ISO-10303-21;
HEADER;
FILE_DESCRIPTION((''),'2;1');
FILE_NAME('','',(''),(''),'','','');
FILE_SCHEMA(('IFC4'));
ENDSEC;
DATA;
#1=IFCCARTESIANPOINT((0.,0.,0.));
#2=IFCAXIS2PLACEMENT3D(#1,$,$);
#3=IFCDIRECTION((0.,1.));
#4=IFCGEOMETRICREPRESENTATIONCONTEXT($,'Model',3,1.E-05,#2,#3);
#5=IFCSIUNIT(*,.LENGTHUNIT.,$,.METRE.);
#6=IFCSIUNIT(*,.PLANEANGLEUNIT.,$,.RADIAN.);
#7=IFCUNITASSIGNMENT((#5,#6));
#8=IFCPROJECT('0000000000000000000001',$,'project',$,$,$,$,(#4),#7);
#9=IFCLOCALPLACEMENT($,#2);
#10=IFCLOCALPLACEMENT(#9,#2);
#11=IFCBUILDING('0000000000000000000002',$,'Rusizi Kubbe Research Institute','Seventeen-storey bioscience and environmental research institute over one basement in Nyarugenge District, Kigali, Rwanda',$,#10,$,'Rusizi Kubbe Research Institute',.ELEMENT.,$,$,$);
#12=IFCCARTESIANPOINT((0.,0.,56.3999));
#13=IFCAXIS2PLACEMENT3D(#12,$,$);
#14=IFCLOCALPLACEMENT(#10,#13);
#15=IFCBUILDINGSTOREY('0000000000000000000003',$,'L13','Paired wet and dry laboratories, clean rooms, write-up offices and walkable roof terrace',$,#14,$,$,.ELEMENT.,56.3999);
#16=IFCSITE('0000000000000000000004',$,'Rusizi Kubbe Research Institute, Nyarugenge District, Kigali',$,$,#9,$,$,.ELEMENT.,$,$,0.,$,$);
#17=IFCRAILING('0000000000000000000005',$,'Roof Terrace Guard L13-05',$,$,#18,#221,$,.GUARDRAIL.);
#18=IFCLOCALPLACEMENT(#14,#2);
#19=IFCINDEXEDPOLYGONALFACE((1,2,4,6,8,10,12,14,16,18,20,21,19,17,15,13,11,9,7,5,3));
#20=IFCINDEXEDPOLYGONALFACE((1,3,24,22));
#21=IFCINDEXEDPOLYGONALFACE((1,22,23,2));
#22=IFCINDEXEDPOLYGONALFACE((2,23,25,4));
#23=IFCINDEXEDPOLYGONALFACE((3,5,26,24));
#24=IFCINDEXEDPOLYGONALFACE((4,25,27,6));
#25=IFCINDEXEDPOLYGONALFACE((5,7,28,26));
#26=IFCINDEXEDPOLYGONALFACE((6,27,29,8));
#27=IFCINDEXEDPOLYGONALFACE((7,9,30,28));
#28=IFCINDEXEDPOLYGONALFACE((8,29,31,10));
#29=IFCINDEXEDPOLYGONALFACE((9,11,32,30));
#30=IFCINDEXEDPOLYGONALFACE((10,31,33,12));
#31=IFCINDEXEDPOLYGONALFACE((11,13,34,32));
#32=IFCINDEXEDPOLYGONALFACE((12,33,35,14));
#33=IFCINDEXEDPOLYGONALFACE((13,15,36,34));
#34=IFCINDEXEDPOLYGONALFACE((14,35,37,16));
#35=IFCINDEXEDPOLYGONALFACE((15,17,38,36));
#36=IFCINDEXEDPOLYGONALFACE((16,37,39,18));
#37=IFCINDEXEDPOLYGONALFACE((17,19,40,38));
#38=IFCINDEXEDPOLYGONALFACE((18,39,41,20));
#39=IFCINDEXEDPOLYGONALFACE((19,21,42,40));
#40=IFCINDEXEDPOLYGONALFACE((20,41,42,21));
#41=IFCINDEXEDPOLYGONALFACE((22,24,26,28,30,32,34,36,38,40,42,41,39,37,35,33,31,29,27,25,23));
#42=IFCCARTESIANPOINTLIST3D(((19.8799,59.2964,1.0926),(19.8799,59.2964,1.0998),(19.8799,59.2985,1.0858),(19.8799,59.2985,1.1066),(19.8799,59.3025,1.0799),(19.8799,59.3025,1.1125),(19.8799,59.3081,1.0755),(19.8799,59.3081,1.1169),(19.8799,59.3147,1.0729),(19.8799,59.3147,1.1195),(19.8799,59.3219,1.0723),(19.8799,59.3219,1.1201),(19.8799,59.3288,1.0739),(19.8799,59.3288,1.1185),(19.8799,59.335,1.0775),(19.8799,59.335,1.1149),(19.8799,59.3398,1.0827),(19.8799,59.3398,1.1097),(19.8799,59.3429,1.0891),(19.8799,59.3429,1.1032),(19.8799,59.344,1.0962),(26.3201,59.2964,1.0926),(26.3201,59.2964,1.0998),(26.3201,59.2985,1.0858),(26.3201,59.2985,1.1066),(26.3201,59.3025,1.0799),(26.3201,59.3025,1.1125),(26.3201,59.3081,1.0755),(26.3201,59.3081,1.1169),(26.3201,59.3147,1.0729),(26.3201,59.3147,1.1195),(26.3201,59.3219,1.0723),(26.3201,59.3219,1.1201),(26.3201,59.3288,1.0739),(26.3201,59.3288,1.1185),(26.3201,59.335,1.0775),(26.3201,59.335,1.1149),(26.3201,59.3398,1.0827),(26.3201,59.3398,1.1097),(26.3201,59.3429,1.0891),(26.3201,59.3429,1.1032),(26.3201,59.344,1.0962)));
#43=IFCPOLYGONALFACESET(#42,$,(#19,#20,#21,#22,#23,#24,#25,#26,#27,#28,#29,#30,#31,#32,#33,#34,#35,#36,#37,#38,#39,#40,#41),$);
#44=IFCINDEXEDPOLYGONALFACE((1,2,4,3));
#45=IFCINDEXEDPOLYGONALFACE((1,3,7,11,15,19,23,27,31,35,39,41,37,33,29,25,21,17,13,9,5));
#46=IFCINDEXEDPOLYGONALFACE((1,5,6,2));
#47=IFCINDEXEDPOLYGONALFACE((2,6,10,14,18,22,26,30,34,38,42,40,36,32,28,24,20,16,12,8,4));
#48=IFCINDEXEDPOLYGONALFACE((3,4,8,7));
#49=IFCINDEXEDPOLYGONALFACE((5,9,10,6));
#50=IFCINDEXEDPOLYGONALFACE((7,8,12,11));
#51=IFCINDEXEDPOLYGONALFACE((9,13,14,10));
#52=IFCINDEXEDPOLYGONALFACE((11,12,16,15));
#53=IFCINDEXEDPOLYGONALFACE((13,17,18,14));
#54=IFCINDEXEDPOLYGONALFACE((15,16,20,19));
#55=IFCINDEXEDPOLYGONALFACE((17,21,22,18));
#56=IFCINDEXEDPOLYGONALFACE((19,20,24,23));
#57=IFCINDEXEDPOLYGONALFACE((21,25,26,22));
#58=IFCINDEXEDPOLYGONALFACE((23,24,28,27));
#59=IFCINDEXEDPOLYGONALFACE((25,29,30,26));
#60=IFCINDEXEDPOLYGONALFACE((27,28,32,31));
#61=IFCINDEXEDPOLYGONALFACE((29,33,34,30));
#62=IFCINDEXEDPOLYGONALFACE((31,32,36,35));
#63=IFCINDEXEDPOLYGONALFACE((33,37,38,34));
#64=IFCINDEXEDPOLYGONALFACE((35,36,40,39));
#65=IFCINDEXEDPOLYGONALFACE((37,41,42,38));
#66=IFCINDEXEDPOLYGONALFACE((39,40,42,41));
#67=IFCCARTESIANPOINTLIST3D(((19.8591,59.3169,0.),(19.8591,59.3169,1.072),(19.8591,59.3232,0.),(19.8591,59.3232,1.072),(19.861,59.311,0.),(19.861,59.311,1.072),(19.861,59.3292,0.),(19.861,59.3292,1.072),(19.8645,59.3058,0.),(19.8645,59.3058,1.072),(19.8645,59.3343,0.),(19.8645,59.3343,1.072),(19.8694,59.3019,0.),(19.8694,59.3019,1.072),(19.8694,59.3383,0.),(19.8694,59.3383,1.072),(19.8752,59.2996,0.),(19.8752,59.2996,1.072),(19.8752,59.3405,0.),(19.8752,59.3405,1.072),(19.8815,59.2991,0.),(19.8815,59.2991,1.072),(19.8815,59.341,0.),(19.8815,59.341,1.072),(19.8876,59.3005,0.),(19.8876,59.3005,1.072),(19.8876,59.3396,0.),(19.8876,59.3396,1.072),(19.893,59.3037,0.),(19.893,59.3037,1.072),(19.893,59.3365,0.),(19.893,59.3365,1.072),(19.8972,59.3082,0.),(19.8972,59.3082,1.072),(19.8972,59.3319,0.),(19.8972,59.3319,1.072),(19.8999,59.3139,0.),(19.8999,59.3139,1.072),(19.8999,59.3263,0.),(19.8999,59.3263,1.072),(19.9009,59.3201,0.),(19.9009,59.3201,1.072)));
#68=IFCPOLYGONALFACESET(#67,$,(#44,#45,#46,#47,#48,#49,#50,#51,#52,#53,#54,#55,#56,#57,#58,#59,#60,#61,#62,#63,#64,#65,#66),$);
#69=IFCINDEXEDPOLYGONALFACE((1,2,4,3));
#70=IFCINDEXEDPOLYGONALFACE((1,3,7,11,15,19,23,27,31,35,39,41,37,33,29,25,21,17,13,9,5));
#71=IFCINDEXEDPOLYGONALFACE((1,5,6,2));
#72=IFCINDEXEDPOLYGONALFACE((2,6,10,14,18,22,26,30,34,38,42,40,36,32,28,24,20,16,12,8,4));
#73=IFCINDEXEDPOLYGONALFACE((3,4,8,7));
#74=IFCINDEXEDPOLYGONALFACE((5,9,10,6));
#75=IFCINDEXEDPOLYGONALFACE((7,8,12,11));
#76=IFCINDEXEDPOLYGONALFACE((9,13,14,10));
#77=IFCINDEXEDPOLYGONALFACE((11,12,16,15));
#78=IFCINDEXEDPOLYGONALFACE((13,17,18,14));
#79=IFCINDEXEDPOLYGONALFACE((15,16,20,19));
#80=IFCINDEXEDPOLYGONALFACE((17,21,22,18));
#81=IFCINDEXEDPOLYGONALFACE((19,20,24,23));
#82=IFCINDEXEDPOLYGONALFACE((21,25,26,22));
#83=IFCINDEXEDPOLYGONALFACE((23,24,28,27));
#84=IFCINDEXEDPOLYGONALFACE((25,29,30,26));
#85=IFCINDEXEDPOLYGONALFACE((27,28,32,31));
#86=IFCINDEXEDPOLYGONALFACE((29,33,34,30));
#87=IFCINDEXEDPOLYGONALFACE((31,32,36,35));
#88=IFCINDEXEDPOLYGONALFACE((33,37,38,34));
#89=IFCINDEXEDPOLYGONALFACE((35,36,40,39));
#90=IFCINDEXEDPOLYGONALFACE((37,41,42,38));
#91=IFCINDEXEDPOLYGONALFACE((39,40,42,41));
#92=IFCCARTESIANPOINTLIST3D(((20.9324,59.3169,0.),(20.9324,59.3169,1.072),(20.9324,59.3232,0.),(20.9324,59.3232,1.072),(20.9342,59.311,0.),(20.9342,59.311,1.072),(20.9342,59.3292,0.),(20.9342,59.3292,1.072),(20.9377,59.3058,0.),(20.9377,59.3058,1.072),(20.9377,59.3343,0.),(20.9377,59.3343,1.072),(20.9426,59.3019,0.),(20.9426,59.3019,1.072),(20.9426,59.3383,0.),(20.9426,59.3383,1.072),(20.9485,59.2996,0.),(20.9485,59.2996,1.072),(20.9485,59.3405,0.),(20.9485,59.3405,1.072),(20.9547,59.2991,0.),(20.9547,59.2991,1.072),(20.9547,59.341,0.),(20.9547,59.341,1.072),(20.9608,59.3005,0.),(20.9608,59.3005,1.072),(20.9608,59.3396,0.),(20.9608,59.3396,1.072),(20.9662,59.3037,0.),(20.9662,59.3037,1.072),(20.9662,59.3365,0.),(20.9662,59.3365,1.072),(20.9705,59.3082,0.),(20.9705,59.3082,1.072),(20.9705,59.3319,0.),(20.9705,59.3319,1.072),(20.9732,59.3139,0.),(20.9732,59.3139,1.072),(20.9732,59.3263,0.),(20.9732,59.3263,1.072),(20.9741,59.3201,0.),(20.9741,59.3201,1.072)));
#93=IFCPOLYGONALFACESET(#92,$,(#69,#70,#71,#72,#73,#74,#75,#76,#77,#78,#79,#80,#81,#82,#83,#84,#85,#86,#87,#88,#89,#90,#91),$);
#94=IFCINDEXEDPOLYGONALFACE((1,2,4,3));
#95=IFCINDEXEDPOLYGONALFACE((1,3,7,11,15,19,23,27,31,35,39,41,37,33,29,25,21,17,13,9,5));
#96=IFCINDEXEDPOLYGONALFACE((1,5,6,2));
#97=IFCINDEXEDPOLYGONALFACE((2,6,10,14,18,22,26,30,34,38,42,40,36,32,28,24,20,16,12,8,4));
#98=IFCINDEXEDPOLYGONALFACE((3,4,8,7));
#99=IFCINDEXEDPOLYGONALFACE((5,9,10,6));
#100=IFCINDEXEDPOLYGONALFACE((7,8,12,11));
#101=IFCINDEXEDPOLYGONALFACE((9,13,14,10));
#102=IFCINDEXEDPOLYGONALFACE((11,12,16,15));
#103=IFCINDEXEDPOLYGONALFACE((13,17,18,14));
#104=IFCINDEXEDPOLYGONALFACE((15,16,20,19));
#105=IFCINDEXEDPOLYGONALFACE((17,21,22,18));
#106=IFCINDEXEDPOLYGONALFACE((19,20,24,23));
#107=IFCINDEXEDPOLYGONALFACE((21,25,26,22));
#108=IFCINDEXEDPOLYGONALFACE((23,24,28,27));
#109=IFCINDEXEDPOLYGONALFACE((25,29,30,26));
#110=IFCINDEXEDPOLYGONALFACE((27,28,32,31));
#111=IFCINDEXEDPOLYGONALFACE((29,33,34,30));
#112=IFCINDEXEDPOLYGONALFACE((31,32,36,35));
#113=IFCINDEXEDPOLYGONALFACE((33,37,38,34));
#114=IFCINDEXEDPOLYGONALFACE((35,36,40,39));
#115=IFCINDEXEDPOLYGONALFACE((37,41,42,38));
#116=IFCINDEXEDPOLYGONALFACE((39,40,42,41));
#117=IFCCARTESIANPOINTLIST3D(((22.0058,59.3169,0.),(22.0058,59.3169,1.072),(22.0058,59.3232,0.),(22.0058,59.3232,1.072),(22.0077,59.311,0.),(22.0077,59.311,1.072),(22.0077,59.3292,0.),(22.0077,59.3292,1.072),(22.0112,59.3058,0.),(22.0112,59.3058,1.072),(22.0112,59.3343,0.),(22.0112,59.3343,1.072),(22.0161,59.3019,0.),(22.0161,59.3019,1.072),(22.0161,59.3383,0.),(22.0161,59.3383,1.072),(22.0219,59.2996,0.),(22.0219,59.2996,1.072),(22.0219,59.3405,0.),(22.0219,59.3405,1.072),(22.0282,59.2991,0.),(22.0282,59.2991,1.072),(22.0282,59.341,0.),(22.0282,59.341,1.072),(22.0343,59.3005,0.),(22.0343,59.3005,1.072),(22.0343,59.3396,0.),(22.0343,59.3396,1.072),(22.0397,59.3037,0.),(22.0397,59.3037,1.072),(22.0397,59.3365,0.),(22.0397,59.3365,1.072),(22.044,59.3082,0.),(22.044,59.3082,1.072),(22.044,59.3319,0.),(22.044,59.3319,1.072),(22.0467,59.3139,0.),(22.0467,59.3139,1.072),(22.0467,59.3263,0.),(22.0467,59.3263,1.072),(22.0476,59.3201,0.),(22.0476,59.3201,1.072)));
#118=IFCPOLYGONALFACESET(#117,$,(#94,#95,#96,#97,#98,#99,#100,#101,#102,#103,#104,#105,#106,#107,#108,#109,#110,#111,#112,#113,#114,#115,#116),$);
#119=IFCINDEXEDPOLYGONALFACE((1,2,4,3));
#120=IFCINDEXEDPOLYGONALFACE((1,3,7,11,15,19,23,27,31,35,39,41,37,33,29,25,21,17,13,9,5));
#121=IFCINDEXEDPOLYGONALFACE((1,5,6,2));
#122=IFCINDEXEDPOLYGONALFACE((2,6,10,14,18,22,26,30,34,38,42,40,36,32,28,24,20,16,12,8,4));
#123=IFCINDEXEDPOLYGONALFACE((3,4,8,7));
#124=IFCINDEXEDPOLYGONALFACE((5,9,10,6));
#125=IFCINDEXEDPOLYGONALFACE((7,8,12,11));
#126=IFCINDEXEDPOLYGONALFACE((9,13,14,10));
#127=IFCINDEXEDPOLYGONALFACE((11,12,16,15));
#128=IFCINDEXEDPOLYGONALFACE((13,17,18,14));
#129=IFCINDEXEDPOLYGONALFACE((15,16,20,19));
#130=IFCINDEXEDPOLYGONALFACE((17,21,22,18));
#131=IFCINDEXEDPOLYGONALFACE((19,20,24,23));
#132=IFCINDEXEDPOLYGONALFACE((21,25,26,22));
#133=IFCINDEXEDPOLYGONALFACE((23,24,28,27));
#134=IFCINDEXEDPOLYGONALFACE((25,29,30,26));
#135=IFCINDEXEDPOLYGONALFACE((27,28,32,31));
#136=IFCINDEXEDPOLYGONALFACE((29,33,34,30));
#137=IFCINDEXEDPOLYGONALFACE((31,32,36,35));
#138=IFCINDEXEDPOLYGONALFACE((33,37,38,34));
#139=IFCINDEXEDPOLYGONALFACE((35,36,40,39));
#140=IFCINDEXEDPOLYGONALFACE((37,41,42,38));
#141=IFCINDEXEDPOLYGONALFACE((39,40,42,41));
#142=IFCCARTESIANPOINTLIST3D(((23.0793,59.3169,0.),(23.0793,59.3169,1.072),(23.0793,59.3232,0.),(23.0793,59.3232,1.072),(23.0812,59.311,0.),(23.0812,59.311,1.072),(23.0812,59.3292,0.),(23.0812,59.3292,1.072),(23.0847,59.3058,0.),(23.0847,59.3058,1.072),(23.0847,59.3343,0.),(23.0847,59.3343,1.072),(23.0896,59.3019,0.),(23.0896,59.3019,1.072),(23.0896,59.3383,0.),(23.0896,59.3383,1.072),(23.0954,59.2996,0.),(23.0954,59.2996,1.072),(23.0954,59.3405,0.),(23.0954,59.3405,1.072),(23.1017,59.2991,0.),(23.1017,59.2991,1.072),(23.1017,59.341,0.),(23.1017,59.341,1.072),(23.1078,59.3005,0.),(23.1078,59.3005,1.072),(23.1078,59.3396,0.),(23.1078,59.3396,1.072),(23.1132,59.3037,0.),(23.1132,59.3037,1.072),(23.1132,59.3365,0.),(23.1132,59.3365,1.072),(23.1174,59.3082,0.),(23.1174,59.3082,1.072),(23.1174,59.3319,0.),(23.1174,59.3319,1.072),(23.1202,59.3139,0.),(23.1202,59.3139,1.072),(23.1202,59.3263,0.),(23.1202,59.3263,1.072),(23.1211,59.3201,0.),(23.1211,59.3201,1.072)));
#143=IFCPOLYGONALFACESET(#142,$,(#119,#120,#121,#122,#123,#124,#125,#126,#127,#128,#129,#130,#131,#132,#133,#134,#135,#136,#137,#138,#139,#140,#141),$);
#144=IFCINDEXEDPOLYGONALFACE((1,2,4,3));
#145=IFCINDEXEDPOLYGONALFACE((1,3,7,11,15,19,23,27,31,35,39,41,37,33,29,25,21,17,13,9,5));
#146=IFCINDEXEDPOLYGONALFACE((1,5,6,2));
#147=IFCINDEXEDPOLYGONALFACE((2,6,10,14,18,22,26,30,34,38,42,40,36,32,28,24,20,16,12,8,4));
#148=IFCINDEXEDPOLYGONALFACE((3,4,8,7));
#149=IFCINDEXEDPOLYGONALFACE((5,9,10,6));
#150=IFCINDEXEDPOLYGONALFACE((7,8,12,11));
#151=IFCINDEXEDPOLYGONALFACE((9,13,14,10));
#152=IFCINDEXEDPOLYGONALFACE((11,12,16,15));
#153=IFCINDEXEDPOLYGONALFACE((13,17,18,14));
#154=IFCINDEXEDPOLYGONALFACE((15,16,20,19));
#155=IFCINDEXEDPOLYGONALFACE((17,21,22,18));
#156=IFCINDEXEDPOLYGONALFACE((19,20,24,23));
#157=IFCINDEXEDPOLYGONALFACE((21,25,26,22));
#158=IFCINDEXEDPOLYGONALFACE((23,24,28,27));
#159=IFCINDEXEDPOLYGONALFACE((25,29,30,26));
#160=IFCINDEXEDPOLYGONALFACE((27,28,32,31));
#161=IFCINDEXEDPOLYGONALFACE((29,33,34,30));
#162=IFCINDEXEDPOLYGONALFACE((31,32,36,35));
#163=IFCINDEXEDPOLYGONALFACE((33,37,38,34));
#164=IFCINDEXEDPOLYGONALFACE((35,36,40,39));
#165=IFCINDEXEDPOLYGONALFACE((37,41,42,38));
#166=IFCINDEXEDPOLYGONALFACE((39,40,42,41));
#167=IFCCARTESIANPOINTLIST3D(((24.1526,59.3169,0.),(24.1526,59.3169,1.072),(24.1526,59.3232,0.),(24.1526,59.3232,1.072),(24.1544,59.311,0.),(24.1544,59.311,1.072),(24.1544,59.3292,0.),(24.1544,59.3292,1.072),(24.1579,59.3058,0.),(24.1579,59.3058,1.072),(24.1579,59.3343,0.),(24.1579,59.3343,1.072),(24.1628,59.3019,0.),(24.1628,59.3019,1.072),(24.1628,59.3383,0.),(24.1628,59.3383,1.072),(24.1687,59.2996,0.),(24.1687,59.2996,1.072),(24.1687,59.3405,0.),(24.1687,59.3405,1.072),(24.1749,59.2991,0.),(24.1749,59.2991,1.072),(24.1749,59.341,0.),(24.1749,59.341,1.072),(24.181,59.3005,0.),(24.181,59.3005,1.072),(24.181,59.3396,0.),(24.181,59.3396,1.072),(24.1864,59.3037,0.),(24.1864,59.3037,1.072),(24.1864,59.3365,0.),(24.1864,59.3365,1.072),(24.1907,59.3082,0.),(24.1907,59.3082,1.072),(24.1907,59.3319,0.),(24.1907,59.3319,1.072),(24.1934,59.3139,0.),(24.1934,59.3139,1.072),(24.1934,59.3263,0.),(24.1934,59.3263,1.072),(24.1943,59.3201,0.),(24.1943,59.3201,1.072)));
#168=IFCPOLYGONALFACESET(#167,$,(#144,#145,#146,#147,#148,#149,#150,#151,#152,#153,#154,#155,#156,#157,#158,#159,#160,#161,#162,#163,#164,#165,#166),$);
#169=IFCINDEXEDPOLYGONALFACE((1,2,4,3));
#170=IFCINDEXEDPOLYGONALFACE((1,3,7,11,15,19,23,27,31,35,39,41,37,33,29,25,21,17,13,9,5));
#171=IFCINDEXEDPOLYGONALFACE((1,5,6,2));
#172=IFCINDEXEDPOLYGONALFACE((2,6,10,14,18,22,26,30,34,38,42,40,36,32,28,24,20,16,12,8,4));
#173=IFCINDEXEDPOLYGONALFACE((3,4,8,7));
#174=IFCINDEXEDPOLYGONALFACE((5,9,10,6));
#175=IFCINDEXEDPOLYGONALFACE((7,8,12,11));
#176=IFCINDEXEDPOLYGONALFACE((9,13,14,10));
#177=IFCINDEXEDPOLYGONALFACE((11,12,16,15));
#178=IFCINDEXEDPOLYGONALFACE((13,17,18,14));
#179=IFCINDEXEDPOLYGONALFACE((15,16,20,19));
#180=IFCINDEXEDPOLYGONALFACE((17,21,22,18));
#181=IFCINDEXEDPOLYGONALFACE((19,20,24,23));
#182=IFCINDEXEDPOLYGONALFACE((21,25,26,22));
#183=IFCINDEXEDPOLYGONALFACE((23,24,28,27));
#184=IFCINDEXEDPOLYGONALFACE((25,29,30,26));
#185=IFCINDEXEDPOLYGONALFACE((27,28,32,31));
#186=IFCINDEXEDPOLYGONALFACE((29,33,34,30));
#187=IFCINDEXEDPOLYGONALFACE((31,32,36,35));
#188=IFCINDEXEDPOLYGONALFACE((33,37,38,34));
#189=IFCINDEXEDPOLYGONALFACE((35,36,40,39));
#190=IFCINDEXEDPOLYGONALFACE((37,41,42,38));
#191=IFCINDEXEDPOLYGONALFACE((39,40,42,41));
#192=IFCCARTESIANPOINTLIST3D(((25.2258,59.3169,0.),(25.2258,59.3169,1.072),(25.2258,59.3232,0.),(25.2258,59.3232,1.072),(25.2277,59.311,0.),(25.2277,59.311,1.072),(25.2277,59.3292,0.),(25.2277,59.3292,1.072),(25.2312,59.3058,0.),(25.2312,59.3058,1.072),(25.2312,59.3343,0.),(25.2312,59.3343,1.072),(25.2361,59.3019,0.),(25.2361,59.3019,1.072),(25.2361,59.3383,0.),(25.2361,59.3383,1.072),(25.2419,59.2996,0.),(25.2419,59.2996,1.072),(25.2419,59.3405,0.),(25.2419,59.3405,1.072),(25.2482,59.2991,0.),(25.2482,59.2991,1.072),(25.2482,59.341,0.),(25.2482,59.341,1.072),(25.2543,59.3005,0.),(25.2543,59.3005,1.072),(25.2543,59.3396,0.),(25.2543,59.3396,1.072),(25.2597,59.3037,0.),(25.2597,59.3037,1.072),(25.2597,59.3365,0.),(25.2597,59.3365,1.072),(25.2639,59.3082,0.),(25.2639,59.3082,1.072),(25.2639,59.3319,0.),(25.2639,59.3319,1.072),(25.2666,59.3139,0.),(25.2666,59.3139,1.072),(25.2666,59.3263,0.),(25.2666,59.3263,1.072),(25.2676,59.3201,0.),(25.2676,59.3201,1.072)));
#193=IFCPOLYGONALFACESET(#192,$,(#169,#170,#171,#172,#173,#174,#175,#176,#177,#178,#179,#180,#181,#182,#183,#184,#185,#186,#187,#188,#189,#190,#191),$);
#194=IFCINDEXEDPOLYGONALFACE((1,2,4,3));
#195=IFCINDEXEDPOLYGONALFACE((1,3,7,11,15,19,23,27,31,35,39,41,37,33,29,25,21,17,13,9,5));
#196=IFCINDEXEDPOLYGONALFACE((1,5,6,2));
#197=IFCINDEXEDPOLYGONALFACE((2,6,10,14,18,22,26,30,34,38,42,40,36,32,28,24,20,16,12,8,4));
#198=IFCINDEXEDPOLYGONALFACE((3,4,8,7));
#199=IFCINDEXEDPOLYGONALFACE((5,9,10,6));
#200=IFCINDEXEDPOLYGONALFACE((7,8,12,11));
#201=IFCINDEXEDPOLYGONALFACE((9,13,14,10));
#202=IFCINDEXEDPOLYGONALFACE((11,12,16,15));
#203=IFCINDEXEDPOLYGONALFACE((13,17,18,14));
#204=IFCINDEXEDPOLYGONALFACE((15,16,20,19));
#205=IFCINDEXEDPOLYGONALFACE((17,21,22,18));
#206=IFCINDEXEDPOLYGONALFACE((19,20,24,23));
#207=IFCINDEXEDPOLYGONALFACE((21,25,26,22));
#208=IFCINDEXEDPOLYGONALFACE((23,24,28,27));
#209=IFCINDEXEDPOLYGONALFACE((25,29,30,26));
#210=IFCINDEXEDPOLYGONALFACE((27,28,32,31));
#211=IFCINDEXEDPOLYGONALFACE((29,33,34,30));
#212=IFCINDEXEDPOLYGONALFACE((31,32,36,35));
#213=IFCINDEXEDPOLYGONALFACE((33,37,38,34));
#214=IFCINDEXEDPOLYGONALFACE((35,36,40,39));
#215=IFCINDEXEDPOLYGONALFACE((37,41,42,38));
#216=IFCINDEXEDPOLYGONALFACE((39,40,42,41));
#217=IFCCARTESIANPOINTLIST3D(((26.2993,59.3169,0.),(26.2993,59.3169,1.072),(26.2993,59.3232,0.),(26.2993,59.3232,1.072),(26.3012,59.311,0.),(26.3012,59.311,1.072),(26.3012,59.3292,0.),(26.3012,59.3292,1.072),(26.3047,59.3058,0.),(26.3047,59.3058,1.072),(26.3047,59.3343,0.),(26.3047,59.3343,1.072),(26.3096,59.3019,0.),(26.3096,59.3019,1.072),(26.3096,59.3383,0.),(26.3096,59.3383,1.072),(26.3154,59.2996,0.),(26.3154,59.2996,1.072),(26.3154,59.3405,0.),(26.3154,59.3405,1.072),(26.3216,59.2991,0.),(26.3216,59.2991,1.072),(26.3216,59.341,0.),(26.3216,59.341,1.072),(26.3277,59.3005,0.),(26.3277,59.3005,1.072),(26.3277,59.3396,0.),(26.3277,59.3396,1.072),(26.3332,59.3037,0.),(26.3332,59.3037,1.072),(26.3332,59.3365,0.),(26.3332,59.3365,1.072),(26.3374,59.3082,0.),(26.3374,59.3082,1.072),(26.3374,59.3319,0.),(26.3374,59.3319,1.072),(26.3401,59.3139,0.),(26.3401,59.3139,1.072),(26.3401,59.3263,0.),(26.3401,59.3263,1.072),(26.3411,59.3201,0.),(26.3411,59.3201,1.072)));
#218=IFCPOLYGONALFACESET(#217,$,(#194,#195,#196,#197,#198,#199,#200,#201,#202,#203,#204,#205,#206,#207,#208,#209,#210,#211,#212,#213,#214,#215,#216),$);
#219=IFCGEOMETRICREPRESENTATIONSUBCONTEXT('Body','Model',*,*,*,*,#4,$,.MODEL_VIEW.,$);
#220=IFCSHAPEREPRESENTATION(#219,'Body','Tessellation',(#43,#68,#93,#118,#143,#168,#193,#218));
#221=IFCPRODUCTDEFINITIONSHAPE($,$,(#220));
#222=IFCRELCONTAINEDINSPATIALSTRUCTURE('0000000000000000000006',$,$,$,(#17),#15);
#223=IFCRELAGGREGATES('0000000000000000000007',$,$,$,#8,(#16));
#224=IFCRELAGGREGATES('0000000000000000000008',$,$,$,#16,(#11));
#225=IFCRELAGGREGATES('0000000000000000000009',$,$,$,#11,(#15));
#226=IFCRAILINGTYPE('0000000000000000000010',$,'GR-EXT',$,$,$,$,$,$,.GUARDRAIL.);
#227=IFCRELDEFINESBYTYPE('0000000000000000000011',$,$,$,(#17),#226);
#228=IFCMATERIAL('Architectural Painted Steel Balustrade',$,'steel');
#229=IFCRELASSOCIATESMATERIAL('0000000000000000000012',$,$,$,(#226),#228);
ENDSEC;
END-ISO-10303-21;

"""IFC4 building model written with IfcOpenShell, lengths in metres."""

from ifc_helpers import new_model, si_unit, direction, frame, origin, origin_2d, place, context, subcontext, project, spatial, circle, extrude, material, type_object, element, save


model = new_model("IFC4")

# Units and contexts
model_context = context("Model", 3, precision=1e-05, world=origin(), true_north=direction((0.0, 1.0)))
body_context = subcontext(model_context, "Body", "Model", "MODEL_VIEW")
ifc_project = project(units=[si_unit("LENGTHUNIT", "METRE"), si_unit("PLANEANGLEUNIT", "RADIAN")], contexts=[model_context])

# Site, building, storey
site_placement = place(None, origin())
site = spatial("IfcSite", under=ifc_project, at=site_placement, Name="Rusizi Kubbe Research Institute, Nyarugenge District, Kigali", CompositionType="ELEMENT", RefElevation=0.0)
building_placement = place(site_placement, origin())
building = spatial("IfcBuilding", under=site, at=building_placement, Name="Rusizi Kubbe Research Institute", Description="Seventeen-storey bioscience and environmental research institute over one basement in Nyarugenge District, Kigali, Rwanda", LongName="Rusizi Kubbe Research Institute", CompositionType="ELEMENT")
storey_placement = place(building_placement, frame((0.0, 0.0, 56.3999)))
storey = spatial("IfcBuildingStorey", under=building, at=storey_placement, Name="L13", Description="Paired wet and dry laboratories, clean rooms, write-up offices and walkable roof terrace", CompositionType="ELEMENT", Elevation=56.3999)

# Railing
ifc_material_1 = material(Name="Architectural Painted Steel Balustrade", Category="steel")
railing_type_1 = type_object("IfcRailingType", Name="GR-EXT", PredefinedType="GUARDRAIL", material=ifc_material_1)
railing_1_placement = place(storey_placement, frame((19.8799, 59.3201, 0.0)))
element("IfcRailing", 1, at=railing_1_placement, inside=storey, type_object=railing_type_1, Name="Roof Terrace Guard L13-05", PredefinedType="GUARDRAIL", context=body_context, shape_type="SweptSolid", body=[
    extrude(circle(Radius=0.0239, at=origin_2d()), frame((0.0, 0.0, 1.0962), z_axis=(1.0, 0.0, 0.0), x_axis=(0.0, 1.0, 0.0)), (0.0, 0.0, 1.0), 6.4402),
    extrude(circle(Radius=0.021, at=origin_2d()), origin(), (0.0, 0.0, 1.0), 1.072),
    extrude(circle(Radius=0.021, at=origin_2d()), frame((1.0732, 0.0, 0.0)), (0.0, 0.0, 1.0), 1.072),
    extrude(circle(Radius=0.021, at=origin_2d()), frame((2.1467, 0.0, 0.0)), (0.0, 0.0, 1.0), 1.072),
    extrude(circle(Radius=0.021, at=origin_2d()), frame((3.2202, 0.0, 0.0)), (0.0, 0.0, 1.0), 1.072),
    extrude(circle(Radius=0.021, at=origin_2d()), frame((4.2935, 0.0, 0.0)), (0.0, 0.0, 1.0), 1.072),
    extrude(circle(Radius=0.021, at=origin_2d()), frame((5.3667, 0.0, 0.0)), (0.0, 0.0, 1.0), 1.072),
    extrude(circle(Radius=0.021, at=origin_2d()), frame((6.4402, 0.0, 0.0)), (0.0, 0.0, 1.0), 1.072),
])

save(model, "model.ifc")
